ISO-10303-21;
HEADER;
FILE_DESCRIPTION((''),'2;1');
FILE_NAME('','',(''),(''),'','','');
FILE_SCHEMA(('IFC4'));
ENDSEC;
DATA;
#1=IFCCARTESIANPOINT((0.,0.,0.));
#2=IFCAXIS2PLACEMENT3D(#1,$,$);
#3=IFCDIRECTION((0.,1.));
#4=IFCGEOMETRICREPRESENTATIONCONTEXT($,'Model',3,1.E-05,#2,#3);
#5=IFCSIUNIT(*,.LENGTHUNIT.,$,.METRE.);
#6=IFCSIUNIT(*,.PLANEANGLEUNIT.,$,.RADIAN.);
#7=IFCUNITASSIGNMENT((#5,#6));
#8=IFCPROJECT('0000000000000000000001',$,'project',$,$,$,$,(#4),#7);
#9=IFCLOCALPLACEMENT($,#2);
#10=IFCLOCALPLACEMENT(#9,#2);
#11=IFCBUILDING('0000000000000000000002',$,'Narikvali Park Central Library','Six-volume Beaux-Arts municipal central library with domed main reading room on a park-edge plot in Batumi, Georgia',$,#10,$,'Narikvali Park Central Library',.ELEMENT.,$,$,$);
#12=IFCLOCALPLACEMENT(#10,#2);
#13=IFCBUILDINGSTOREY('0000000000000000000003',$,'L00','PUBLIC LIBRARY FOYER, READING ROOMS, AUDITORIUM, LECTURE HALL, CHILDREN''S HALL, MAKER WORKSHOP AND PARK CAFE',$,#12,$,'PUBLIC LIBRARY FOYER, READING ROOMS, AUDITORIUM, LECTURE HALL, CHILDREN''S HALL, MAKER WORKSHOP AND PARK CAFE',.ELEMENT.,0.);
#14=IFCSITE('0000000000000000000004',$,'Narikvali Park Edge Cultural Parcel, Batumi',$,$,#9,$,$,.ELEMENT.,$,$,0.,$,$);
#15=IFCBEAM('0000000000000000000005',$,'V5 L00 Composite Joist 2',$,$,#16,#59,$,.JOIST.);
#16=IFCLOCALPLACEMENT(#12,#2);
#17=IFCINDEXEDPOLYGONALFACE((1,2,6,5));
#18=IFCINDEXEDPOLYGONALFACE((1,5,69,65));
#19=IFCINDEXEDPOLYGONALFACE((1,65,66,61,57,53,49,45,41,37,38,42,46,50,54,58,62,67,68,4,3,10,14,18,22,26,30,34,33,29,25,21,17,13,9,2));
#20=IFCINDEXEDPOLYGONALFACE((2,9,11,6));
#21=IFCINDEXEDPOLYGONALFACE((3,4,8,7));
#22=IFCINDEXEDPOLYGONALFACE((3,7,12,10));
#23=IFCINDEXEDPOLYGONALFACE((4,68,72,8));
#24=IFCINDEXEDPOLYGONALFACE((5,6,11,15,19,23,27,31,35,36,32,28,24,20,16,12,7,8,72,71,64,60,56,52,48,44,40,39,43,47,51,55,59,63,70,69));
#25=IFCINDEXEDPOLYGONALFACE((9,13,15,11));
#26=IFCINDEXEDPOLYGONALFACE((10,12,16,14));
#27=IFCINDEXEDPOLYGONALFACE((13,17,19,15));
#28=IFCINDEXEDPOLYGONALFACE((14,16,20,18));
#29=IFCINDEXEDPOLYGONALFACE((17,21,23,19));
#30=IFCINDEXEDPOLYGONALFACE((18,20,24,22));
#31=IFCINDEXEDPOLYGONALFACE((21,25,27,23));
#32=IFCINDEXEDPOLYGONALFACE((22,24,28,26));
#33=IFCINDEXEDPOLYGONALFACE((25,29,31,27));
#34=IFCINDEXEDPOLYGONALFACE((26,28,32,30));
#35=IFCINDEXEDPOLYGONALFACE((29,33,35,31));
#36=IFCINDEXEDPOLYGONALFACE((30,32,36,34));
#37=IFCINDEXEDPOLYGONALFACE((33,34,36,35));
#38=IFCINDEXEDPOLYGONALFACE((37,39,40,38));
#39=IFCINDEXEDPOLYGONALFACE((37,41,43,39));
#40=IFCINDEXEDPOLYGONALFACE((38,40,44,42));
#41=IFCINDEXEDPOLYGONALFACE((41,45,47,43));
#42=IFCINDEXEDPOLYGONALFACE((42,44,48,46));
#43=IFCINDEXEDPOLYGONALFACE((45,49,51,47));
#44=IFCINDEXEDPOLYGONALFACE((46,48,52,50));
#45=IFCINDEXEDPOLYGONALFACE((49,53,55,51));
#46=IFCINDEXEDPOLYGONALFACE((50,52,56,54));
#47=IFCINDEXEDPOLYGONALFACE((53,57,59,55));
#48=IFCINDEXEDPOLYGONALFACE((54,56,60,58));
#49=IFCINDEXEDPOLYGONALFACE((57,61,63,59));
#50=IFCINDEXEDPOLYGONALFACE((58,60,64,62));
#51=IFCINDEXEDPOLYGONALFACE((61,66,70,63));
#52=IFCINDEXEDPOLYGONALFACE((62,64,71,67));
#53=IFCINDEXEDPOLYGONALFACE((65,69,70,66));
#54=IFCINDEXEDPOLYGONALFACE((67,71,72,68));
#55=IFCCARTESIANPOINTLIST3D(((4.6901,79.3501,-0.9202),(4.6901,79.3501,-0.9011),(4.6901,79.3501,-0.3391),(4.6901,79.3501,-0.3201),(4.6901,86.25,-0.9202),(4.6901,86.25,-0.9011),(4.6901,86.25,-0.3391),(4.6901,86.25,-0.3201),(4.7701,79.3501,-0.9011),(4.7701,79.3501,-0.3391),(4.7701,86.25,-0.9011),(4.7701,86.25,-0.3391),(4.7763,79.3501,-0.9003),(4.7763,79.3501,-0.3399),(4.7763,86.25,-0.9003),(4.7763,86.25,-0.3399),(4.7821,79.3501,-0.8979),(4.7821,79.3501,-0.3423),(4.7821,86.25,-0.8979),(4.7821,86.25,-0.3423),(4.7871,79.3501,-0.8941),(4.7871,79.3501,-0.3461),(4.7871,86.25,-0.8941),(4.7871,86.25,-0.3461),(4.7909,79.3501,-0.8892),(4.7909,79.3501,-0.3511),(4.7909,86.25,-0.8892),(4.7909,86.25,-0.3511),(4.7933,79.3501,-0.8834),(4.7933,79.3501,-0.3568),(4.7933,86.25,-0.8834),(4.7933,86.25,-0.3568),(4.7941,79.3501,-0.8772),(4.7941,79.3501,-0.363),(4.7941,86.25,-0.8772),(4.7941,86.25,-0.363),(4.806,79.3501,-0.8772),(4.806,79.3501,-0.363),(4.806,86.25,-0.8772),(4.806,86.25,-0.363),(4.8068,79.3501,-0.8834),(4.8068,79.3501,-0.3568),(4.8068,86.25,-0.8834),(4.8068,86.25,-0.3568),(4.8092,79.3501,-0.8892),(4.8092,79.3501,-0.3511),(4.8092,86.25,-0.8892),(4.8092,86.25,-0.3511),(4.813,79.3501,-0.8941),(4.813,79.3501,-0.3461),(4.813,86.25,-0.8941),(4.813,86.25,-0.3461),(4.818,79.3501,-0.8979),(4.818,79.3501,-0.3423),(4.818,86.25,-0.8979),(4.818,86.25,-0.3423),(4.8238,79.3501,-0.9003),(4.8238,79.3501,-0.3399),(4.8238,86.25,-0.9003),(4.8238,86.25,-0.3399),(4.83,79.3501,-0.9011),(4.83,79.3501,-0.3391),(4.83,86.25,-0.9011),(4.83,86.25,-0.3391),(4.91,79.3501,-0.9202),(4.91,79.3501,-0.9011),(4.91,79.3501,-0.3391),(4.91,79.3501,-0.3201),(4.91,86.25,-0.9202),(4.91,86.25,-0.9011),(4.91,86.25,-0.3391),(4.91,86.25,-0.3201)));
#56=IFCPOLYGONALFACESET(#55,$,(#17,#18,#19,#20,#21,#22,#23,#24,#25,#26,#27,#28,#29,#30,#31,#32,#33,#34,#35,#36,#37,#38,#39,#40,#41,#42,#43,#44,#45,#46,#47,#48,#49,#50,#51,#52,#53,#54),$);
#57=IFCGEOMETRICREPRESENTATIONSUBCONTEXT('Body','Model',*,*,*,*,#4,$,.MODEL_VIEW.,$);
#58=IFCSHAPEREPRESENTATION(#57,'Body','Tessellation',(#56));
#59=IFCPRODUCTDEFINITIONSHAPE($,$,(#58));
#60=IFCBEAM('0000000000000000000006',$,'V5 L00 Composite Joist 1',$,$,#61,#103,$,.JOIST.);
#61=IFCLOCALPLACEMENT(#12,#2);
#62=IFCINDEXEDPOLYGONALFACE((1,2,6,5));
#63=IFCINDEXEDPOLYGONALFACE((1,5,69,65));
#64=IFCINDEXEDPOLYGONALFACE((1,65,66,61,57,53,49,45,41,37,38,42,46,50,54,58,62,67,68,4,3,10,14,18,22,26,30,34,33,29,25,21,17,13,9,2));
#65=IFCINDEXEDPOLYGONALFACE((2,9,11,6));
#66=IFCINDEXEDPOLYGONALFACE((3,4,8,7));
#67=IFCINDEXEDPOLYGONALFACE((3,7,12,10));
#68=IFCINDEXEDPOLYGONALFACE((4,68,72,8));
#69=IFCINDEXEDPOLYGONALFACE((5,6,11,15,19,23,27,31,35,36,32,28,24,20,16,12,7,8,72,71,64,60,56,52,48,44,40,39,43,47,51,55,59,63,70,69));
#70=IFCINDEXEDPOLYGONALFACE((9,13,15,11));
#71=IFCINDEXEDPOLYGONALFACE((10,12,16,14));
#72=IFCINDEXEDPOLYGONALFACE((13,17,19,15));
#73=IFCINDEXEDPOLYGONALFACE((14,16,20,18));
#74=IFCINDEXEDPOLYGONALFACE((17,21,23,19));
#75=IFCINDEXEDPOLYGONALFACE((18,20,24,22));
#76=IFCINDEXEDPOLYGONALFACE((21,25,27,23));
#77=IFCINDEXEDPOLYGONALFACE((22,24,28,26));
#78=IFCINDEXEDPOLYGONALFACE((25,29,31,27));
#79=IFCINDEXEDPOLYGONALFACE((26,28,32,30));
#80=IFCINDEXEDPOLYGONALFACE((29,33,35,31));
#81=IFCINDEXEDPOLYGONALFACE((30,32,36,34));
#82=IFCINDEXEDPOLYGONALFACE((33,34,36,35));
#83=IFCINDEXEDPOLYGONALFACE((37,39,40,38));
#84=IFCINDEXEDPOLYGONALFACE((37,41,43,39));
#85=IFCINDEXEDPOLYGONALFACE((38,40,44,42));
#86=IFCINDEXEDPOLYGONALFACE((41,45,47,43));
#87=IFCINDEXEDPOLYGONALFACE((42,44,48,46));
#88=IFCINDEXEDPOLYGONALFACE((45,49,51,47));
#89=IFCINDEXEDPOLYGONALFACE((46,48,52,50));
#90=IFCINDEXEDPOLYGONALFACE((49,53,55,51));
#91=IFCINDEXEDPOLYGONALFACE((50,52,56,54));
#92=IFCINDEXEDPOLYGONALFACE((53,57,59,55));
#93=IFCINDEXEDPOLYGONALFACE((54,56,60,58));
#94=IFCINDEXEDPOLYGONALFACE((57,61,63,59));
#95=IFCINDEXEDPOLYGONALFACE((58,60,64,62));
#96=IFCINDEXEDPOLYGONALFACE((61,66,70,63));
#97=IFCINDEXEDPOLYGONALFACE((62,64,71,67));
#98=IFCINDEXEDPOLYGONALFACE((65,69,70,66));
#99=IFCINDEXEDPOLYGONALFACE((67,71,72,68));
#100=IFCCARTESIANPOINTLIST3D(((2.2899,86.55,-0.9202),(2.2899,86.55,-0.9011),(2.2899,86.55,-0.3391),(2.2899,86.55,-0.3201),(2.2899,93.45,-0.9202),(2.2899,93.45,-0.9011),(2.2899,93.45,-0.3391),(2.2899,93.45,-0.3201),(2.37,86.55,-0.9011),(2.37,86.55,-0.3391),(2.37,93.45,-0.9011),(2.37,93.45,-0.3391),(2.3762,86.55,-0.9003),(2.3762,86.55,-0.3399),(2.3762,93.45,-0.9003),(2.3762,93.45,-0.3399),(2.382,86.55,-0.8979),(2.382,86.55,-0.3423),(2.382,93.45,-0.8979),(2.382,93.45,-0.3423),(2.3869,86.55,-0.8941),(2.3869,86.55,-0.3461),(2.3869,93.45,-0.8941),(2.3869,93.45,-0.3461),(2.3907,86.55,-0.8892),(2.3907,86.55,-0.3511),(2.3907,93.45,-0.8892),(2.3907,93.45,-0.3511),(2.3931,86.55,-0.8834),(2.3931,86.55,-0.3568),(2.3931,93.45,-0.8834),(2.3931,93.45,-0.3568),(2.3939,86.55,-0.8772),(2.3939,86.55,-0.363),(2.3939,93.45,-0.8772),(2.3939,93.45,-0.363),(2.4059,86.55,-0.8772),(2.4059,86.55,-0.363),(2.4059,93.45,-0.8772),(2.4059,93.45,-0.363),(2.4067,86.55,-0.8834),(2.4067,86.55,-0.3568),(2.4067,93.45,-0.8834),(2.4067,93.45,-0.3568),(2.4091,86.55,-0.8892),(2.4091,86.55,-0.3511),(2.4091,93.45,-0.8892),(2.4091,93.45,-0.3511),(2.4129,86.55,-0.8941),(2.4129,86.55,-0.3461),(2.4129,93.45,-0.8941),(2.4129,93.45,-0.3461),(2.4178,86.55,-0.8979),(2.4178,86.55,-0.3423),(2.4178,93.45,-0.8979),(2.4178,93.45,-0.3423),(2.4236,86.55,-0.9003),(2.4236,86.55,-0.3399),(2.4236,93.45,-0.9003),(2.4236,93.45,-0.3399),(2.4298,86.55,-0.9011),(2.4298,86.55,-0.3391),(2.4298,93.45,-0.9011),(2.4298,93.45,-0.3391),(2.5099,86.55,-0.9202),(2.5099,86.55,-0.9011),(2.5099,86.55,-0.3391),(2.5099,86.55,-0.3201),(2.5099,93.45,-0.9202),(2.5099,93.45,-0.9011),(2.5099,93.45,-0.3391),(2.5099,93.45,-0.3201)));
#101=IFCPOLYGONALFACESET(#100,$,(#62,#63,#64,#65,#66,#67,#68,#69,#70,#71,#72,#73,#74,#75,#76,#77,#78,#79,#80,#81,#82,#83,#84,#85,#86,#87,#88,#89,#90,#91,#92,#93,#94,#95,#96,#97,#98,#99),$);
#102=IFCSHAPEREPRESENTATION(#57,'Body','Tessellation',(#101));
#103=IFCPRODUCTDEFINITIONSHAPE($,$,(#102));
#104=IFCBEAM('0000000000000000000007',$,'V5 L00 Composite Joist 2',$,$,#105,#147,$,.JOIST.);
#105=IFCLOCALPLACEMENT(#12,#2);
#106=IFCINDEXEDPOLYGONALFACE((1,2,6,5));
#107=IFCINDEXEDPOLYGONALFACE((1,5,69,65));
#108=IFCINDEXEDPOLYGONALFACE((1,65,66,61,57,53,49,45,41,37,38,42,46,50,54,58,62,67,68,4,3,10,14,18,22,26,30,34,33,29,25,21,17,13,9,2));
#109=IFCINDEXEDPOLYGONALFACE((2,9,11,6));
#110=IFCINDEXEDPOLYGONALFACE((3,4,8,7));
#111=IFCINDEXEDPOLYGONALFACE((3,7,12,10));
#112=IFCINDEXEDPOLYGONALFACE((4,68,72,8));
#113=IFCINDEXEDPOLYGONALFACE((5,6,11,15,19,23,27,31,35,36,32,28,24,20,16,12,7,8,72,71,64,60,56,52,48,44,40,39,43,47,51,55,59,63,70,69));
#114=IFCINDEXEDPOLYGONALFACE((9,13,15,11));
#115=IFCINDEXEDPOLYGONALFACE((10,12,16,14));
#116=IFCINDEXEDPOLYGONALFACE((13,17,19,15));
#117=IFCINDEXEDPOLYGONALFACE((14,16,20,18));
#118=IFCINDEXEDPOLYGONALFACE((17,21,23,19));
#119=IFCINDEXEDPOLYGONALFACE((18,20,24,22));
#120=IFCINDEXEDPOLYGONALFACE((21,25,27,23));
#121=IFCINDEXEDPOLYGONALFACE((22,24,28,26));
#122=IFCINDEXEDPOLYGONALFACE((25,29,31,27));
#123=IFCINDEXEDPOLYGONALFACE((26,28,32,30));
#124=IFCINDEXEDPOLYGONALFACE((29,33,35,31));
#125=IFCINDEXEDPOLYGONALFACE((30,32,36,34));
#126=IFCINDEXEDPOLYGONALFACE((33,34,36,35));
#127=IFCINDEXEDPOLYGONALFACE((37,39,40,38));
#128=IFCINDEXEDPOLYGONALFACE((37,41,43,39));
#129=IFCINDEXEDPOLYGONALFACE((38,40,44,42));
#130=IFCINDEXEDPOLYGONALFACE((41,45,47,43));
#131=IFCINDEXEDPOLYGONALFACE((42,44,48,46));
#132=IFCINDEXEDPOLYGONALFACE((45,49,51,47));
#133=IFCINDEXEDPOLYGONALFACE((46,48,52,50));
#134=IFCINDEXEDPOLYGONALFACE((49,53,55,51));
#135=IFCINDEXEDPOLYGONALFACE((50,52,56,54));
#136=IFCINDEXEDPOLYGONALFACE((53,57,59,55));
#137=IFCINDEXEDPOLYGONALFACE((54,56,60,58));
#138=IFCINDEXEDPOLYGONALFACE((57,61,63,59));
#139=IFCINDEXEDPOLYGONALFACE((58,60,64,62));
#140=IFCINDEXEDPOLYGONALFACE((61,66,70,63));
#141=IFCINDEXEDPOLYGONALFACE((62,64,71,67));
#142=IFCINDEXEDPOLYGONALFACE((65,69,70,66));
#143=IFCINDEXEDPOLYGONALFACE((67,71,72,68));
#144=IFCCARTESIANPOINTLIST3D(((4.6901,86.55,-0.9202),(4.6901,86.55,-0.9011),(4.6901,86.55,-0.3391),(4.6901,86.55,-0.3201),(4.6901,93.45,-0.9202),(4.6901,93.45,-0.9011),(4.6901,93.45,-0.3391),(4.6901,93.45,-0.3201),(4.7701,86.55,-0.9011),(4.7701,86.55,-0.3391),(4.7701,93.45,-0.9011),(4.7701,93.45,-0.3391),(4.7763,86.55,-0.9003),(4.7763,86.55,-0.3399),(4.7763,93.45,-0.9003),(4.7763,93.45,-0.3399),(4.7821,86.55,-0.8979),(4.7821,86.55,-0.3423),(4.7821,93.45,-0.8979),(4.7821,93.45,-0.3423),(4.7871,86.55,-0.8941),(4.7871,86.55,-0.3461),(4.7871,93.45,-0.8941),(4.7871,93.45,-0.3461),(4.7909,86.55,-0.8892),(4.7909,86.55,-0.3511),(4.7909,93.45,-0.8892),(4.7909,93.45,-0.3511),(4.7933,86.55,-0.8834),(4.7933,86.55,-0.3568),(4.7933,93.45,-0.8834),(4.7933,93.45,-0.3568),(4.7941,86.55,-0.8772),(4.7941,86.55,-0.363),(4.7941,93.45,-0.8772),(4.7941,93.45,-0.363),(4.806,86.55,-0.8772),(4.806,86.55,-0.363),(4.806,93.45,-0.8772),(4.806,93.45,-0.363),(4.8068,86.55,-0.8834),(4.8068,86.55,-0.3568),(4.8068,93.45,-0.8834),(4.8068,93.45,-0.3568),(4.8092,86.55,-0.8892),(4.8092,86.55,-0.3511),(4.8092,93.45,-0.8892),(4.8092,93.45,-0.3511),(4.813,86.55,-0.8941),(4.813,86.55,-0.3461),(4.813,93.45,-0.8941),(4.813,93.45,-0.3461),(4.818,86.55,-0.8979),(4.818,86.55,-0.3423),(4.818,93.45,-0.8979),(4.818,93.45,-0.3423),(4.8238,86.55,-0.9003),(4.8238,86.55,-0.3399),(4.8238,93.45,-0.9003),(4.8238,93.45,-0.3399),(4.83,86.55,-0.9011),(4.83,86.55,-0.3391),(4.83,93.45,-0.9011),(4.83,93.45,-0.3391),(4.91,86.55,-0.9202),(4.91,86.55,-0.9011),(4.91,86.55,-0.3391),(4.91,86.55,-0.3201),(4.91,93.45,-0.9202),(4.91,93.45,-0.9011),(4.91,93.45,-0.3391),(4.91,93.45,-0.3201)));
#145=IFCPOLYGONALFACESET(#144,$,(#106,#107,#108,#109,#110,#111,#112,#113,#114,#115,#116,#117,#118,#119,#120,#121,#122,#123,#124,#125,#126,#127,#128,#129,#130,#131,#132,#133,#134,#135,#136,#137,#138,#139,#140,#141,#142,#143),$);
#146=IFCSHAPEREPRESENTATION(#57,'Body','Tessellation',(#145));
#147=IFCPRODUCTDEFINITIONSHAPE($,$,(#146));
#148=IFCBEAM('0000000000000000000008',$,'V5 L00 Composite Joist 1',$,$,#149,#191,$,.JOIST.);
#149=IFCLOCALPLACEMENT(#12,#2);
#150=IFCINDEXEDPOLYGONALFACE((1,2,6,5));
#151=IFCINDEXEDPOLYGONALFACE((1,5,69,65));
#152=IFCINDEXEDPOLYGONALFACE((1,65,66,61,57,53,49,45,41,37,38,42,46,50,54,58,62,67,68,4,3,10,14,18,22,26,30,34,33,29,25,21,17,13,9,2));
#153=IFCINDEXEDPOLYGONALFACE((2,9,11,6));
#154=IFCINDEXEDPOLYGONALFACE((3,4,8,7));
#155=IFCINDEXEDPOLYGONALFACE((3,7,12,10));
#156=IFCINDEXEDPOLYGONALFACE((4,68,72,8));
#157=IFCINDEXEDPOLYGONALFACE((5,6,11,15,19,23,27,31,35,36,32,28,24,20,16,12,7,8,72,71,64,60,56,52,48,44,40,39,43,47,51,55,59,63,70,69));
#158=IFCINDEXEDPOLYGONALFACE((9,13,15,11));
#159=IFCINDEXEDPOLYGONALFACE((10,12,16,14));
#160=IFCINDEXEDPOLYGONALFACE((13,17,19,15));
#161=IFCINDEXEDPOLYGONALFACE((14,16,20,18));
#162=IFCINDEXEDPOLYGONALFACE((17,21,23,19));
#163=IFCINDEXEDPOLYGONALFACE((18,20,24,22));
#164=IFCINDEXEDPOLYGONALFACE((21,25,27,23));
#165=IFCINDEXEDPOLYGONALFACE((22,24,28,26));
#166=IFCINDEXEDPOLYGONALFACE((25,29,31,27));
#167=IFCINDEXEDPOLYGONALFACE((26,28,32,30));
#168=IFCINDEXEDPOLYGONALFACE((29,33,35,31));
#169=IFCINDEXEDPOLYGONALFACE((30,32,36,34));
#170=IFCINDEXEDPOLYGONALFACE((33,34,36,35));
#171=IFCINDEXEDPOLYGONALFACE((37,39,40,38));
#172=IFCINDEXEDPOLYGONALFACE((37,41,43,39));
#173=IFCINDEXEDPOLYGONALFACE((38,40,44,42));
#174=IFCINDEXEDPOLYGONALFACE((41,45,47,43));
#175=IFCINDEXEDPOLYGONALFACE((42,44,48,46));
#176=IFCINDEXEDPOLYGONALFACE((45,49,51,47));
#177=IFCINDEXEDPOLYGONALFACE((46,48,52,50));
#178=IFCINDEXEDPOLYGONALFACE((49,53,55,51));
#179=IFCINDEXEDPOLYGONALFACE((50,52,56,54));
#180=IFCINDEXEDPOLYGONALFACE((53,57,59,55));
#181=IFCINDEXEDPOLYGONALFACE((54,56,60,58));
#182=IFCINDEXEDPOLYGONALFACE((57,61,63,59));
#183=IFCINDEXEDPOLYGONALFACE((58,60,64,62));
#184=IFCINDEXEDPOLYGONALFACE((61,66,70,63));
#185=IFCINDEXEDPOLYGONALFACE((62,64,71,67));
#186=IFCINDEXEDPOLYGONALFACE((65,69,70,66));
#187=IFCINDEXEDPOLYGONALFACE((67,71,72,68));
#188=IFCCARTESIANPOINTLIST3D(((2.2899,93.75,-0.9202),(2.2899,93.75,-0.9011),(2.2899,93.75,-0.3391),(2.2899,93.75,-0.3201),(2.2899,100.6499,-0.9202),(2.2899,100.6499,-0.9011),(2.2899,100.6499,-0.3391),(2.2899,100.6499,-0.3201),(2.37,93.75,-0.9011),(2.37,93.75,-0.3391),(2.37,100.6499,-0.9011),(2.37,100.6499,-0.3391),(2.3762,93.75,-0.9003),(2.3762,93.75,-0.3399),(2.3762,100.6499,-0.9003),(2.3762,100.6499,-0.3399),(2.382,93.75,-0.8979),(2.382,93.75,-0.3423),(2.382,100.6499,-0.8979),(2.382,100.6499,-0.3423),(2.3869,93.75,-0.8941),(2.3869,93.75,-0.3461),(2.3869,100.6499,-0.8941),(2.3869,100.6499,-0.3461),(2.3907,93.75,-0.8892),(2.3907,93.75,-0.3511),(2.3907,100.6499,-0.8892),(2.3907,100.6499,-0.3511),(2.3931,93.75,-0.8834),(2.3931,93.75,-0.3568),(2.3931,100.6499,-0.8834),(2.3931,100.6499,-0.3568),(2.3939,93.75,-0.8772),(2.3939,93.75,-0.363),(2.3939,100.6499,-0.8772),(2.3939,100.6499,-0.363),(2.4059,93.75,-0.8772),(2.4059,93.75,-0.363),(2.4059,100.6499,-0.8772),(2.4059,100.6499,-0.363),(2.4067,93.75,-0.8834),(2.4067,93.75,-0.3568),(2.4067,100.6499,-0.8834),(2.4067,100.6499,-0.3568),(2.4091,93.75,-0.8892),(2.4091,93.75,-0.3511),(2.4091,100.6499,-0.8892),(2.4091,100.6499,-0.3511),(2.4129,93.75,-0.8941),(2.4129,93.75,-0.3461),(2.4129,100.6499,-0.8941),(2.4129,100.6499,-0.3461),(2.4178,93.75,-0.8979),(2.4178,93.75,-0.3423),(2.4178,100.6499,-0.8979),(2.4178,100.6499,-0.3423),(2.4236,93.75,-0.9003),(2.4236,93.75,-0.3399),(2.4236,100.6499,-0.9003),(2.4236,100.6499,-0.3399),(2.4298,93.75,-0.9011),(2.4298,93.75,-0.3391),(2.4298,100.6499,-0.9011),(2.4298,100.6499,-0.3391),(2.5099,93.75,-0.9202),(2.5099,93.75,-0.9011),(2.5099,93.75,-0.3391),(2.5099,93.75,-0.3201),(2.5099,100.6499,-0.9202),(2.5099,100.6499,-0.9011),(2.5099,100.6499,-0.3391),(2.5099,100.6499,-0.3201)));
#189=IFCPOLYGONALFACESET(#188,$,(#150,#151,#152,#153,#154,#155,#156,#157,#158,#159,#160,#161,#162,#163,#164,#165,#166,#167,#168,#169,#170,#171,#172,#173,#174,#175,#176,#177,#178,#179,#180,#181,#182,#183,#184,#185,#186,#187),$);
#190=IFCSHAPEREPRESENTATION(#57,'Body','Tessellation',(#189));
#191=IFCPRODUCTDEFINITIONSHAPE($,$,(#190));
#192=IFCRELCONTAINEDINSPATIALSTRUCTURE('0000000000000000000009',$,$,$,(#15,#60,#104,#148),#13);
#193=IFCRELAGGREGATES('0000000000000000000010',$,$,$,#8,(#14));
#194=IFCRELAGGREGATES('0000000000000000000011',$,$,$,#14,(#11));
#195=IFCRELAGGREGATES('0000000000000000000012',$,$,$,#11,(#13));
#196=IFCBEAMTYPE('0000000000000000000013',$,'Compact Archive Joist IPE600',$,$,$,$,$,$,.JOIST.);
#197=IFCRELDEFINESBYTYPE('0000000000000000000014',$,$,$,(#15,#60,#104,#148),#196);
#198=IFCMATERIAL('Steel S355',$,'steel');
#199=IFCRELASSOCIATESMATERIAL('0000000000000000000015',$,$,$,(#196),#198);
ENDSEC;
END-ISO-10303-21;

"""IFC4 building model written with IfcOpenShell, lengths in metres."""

from ifc_helpers import new_model, si_unit, direction, frame, origin, origin_2d, place, context, subcontext, project, spatial, i_section, extrude, material, material_profile, profile_set, type_object, element, save


model = new_model("IFC4")

# Units and contexts
model_context = context("Model", 3, precision=1e-05, world=origin(), true_north=direction((0.0, 1.0)))
body_context = subcontext(model_context, "Body", "Model", "MODEL_VIEW")
ifc_project = project(units=[si_unit("LENGTHUNIT", "METRE"), si_unit("PLANEANGLEUNIT", "RADIAN")], contexts=[model_context])

# Site, building, storey
site_placement = place(None, origin())
site = spatial("IfcSite", under=ifc_project, at=site_placement, Name="Narikvali Park Edge Cultural Parcel, Batumi", CompositionType="ELEMENT", RefElevation=0.0)
building_placement = place(site_placement, origin())
building = spatial("IfcBuilding", under=site, at=building_placement, Name="Narikvali Park Central Library", Description="Six-volume Beaux-Arts municipal central library with domed main reading room on a park-edge plot in Batumi, Georgia", LongName="Narikvali Park Central Library", CompositionType="ELEMENT")
storey_placement = place(building_placement, origin())
storey = spatial("IfcBuildingStorey", under=building, at=storey_placement, Name="L00", Description="PUBLIC LIBRARY FOYER, READING ROOMS, AUDITORIUM, LECTURE HALL, CHILDREN'S HALL, MAKER WORKSHOP AND PARK CAFE", LongName="PUBLIC LIBRARY FOYER, READING ROOMS, AUDITORIUM, LECTURE HALL, CHILDREN'S HALL, MAKER WORKSHOP AND PARK CAFE", CompositionType="ELEMENT", Elevation=0.0)

# Shared definitions
ifc_material_1 = material(Name="Steel S355", Category="steel")

# Beams
ifc_material_profile_1 = material_profile(ifc_material_1, i_section(OverallWidth=0.22, OverallDepth=0.6001, WebThickness=0.012, FlangeThickness=0.019, FilletRadius=0.0239, at=origin_2d()), Name="IPE 600")
ifc_profile_set_1 = profile_set([ifc_material_profile_1], Name="Steel S355")
beam_type_1 = type_object("IfcBeamType", Name="Compact Archive Joist IPE600", PredefinedType="JOIST", material=ifc_profile_set_1)
for number, where, z_axis, x_axis, name in (
    (1, (4.8, 79.3501, -0.6201), (0.0, 1.0, 0.0), (-1.0, 0.0, 0.0), "V5 L00 Composite Joist 2"),
    (2, (2.3999, 86.55, -0.6201), (0.0, 1.0, 0.0), (-1.0, 0.0, 0.0), "V5 L00 Composite Joist 1"),
    (3, (4.8, 86.55, -0.6201), (0.0, 1.0, 0.0), (-1.0, 0.0, 0.0), "V5 L00 Composite Joist 2"),
    (4, (2.3999, 93.75, -0.6201), (0.0, 1.0, 0.0), (-1.0, 0.0, 0.0), "V5 L00 Composite Joist 1"),
):
    element("IfcBeam", number, at=place(storey_placement, frame(where, z_axis=z_axis, x_axis=x_axis)), inside=storey, type_object=beam_type_1, Name=name, PredefinedType="JOIST", context=body_context, shape_type="SweptSolid", body=[
        extrude(i_section(OverallWidth=0.22, OverallDepth=0.6001, WebThickness=0.012, FlangeThickness=0.019, FilletRadius=0.0239, at=origin_2d()), origin(), (0.0, 0.0, 1.0), 6.8999),
    ])

save(model, "model.ifc")
